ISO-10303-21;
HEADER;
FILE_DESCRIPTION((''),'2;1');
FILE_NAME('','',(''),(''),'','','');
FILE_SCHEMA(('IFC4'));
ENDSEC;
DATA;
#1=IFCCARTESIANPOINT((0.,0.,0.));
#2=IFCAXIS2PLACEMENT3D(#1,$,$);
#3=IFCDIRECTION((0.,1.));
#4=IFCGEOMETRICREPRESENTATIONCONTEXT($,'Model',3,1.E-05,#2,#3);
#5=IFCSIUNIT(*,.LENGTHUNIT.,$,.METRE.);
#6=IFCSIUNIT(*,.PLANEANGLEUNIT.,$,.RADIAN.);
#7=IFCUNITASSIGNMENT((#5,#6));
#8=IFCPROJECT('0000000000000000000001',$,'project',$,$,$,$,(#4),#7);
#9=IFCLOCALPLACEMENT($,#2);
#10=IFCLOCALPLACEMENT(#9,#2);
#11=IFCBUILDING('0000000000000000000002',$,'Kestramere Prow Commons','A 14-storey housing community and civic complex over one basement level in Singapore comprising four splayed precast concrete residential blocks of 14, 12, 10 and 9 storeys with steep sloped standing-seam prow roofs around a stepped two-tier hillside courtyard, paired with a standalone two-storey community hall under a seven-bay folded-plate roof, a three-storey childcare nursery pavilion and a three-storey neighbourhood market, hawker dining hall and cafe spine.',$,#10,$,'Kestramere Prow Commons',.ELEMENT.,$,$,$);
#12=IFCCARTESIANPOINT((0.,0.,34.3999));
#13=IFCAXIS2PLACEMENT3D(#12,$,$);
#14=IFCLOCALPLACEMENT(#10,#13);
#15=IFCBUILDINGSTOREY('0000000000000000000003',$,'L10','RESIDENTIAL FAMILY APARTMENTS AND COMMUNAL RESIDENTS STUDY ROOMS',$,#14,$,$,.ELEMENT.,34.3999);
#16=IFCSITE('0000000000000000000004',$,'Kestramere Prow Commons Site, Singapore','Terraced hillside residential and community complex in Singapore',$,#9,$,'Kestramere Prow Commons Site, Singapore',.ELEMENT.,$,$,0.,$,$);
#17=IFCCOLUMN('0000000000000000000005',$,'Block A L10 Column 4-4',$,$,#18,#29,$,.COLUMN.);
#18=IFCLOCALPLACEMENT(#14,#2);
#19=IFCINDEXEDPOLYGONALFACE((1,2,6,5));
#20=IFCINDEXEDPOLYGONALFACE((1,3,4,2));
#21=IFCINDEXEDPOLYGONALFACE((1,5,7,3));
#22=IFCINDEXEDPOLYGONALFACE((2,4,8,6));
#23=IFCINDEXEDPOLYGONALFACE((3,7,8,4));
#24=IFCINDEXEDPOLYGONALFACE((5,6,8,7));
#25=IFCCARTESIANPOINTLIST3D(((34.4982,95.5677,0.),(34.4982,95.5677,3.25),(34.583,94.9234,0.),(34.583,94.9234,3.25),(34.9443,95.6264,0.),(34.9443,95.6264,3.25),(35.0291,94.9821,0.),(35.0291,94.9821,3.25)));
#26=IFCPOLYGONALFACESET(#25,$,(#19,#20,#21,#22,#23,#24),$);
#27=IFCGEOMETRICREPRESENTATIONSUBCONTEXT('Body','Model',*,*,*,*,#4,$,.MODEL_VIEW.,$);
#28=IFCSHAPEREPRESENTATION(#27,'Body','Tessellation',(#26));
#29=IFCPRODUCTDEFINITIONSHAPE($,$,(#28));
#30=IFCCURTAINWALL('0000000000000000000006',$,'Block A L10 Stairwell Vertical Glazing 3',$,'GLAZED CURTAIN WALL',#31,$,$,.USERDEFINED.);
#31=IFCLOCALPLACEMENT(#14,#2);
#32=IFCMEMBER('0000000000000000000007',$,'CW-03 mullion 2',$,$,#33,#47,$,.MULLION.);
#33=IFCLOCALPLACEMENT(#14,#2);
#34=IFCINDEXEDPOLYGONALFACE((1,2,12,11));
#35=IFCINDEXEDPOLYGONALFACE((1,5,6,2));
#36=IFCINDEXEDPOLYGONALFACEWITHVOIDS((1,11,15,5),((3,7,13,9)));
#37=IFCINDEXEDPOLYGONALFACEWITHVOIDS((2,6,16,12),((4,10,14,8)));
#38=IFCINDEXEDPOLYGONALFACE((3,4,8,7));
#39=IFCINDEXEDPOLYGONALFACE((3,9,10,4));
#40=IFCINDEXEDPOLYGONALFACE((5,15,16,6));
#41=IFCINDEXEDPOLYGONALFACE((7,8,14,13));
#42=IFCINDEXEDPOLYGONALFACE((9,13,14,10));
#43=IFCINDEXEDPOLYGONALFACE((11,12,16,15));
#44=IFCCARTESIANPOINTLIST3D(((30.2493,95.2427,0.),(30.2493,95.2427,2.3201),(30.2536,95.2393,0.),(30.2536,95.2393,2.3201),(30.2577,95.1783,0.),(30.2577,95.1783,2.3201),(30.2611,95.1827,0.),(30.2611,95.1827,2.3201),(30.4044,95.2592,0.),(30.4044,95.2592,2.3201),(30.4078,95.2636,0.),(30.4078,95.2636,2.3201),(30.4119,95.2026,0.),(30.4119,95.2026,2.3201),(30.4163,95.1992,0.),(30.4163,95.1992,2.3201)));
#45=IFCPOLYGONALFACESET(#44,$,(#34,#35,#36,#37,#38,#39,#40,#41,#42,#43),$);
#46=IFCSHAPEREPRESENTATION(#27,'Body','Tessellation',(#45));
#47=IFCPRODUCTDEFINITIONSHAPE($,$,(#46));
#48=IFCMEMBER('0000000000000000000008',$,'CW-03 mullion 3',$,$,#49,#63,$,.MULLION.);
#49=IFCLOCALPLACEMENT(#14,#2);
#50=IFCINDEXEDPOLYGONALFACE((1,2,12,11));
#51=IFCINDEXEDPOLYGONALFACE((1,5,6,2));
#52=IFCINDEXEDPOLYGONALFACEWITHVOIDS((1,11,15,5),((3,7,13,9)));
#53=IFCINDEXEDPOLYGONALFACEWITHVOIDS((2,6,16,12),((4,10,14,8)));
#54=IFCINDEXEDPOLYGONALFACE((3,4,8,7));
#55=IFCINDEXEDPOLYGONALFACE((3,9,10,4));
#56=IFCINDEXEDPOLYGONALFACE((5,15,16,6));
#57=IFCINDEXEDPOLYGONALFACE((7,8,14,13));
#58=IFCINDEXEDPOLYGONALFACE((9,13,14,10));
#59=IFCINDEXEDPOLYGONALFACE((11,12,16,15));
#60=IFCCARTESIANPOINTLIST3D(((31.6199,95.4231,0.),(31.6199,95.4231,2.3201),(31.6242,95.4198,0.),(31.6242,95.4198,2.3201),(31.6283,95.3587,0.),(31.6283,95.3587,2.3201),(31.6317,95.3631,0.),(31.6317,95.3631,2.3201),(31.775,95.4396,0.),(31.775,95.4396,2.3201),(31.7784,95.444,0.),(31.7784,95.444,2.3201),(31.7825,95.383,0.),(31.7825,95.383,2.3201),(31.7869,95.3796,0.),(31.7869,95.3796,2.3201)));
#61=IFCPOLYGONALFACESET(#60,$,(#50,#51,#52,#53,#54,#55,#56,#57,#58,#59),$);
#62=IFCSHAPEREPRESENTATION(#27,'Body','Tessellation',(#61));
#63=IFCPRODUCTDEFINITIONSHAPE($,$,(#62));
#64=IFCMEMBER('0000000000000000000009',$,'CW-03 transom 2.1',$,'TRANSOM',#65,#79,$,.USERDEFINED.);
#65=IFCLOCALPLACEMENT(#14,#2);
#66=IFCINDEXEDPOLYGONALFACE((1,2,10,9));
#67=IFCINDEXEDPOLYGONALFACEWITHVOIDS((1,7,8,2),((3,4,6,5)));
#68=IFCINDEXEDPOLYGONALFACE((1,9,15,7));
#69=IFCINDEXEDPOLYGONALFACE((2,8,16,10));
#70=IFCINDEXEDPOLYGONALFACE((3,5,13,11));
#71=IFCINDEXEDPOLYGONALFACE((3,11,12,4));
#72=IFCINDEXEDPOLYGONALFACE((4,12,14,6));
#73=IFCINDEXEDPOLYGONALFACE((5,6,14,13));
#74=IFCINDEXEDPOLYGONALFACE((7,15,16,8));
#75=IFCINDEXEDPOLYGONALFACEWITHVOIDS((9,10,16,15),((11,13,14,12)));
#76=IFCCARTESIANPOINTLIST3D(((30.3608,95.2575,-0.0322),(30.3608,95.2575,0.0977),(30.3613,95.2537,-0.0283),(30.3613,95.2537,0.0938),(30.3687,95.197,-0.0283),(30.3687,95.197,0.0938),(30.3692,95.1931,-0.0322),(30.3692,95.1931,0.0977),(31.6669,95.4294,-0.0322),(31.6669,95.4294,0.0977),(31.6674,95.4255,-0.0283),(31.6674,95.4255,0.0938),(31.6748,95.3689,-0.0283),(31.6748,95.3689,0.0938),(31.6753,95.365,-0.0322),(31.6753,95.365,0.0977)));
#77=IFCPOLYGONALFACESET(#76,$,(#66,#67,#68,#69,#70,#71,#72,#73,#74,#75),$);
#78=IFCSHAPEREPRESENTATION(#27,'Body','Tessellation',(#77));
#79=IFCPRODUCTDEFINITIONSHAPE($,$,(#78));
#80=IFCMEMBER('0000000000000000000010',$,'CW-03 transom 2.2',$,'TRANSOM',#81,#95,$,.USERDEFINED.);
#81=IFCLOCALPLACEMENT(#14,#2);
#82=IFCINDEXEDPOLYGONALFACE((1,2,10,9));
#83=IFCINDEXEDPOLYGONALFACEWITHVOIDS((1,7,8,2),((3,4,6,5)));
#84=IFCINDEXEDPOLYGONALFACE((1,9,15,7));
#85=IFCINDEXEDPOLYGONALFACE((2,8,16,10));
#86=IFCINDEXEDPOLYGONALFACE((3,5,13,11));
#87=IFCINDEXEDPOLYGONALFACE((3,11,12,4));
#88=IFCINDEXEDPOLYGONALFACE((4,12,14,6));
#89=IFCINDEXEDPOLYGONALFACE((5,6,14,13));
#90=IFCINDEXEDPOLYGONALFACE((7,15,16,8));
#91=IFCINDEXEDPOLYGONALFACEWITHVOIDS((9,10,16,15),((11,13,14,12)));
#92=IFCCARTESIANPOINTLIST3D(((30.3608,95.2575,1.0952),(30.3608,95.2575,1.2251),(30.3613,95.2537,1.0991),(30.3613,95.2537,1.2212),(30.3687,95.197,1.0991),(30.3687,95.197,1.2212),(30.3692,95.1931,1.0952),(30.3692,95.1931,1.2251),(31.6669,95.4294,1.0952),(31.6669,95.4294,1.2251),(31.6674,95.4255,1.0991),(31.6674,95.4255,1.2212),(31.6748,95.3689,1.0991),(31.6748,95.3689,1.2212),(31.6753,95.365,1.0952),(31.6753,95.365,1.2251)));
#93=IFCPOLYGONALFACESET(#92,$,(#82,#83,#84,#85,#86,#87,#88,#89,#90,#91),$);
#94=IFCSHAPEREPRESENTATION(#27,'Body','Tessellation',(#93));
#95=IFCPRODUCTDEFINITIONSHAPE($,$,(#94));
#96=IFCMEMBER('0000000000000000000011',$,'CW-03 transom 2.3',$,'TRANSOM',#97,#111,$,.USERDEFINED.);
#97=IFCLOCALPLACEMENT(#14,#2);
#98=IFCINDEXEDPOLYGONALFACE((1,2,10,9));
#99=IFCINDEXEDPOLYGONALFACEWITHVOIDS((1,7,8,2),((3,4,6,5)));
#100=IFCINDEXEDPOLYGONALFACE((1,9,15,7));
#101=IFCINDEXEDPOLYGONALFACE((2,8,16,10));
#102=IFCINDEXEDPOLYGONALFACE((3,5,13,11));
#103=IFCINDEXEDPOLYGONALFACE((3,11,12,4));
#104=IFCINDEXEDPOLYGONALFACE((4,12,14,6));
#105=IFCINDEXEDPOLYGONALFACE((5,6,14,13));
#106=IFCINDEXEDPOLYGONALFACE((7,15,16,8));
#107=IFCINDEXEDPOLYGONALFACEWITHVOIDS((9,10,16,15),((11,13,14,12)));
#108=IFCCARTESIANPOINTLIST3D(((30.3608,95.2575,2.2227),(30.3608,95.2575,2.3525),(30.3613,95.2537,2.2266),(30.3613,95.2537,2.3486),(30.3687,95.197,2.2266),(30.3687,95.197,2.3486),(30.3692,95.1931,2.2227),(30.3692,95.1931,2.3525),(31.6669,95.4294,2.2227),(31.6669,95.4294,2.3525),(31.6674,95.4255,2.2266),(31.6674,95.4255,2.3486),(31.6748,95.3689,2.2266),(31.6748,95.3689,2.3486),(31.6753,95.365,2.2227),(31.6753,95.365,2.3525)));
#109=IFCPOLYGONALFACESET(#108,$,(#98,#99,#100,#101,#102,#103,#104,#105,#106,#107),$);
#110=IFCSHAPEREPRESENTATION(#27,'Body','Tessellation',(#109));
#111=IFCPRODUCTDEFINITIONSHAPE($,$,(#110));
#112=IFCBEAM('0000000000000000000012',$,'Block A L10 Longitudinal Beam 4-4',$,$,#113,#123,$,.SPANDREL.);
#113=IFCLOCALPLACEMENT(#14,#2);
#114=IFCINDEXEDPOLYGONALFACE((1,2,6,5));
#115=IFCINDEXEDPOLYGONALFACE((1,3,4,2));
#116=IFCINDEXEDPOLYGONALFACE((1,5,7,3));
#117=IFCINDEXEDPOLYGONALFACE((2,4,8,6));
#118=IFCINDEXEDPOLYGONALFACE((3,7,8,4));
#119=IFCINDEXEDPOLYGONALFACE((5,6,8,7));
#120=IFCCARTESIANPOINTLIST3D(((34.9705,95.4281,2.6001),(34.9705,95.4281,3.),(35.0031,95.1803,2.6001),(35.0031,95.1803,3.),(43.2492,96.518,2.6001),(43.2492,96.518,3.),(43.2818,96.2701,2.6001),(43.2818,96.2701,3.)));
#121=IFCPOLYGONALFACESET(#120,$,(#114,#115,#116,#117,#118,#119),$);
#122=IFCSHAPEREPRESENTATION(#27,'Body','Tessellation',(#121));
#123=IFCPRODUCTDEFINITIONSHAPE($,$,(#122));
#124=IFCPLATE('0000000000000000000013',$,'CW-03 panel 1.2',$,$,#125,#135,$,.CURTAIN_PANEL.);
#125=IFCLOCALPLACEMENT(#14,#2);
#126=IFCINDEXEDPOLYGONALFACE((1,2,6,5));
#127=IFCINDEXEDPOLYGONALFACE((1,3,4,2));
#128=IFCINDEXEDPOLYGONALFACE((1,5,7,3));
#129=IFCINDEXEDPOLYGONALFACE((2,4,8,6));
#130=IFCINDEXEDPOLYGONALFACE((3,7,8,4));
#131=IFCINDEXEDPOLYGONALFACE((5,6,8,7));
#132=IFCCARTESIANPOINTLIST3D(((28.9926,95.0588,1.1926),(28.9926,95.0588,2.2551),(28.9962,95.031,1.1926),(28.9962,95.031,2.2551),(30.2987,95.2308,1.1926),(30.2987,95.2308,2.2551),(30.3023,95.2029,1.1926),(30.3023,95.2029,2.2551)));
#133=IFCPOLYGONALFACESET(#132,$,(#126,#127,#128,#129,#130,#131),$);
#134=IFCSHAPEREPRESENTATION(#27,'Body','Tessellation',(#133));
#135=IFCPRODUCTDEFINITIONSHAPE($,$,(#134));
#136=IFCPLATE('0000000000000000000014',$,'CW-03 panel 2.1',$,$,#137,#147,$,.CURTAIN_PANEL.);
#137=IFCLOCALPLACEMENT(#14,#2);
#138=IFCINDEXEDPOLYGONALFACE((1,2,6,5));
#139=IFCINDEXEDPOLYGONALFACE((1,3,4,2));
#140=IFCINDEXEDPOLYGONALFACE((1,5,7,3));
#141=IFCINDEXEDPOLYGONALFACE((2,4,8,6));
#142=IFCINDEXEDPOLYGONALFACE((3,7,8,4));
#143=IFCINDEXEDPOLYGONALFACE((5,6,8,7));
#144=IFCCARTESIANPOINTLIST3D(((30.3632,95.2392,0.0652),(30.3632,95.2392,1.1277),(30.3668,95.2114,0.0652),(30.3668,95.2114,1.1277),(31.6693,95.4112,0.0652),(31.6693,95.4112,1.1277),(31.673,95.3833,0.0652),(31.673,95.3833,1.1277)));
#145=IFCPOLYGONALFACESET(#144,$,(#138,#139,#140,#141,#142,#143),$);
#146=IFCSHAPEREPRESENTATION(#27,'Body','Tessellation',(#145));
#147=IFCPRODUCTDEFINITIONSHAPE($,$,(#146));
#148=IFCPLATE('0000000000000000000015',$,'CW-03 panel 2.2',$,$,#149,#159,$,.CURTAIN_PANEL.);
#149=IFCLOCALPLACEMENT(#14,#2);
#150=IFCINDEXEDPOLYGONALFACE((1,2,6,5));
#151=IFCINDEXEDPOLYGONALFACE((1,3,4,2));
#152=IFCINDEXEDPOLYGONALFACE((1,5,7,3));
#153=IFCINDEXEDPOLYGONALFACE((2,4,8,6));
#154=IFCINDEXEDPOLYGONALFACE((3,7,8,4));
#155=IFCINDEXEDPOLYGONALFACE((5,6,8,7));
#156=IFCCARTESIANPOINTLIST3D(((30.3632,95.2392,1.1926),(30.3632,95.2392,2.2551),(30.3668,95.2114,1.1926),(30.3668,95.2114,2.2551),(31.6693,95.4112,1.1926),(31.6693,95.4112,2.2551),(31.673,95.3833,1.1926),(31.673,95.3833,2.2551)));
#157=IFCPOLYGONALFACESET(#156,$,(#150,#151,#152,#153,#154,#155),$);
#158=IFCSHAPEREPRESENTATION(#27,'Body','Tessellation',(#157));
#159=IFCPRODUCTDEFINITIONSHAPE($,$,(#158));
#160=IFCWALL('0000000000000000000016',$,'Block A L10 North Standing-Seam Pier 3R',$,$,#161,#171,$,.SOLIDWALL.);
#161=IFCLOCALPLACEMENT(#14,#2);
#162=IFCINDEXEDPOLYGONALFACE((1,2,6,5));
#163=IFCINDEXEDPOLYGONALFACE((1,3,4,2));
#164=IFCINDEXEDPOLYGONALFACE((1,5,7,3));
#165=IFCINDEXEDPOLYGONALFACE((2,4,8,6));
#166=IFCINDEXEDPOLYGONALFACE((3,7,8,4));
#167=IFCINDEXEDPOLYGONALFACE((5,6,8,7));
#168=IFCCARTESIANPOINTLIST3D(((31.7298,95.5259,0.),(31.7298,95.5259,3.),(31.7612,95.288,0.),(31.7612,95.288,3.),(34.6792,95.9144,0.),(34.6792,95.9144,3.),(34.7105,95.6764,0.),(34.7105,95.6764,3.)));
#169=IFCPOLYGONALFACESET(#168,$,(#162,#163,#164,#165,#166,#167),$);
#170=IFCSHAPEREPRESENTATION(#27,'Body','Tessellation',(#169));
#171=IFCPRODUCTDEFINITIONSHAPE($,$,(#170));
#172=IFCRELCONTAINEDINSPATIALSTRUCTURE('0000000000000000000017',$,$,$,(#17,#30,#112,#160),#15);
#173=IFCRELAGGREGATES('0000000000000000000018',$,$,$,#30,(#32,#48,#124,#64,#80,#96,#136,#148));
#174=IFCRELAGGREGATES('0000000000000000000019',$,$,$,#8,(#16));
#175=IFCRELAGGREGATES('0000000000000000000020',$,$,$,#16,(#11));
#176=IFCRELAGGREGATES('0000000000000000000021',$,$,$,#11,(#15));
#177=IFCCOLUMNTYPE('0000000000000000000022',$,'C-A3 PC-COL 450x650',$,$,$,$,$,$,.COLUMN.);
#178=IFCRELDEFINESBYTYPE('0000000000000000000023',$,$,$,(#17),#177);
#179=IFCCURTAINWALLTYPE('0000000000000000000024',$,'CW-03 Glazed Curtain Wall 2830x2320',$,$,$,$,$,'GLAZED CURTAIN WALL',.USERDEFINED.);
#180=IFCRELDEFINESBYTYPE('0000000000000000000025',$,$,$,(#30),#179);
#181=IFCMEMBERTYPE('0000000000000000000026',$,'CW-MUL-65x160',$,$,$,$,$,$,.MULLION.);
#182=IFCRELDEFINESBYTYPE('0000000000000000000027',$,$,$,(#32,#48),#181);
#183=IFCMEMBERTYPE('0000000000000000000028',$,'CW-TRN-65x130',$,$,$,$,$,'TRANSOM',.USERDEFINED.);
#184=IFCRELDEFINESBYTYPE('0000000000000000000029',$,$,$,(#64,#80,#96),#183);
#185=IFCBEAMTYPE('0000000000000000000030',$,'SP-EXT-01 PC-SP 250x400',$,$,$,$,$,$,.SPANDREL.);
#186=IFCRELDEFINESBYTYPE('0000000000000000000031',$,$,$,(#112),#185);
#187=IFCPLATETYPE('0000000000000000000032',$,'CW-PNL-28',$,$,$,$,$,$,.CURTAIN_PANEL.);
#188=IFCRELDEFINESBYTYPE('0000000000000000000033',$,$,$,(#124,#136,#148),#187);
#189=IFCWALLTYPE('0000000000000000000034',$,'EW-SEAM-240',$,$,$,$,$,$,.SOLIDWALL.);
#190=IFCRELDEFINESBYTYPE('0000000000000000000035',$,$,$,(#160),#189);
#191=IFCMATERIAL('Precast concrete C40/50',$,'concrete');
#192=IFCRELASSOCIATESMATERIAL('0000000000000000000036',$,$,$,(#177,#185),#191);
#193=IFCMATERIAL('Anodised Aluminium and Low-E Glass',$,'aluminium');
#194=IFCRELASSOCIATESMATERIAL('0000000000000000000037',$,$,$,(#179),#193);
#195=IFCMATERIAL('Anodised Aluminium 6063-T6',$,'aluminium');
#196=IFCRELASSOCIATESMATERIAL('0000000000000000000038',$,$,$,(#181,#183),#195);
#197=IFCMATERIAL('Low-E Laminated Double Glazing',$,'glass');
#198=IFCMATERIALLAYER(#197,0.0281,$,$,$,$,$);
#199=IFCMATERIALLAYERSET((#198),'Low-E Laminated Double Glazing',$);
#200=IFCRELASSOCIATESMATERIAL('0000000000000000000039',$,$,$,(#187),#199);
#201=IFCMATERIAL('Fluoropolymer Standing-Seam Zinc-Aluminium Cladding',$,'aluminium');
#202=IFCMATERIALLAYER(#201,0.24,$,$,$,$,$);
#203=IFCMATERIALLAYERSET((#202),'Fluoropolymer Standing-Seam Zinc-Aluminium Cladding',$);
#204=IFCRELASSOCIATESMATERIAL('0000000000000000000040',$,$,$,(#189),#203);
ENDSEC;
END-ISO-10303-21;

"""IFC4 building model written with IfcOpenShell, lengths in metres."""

from ifc_helpers import new_model, si_unit, direction, frame, frame_2d, origin, origin_2d, place, context, subcontext, project, spatial, rectangle, hollow_rectangle, extrude, material, layer, layer_set, material_profile, profile_set, type_object, element, aggregate, save


model = new_model("IFC4")

# Units and contexts
model_context = context("Model", 3, precision=1e-05, world=origin(), true_north=direction((0.0, 1.0)))
body_context = subcontext(model_context, "Body", "Model", "MODEL_VIEW")
ifc_project = project(units=[si_unit("LENGTHUNIT", "METRE"), si_unit("PLANEANGLEUNIT", "RADIAN")], contexts=[model_context])

# Site, building, storey
site_placement = place(None, origin())
site = spatial("IfcSite", under=ifc_project, at=site_placement, Name="Kestramere Prow Commons Site, Singapore", Description="Terraced hillside residential and community complex in Singapore", LongName="Kestramere Prow Commons Site, Singapore", CompositionType="ELEMENT", RefElevation=0.0)
building_placement = place(site_placement, origin())
building = spatial("IfcBuilding", under=site, at=building_placement, Name="Kestramere Prow Commons", Description="A 14-storey housing community and civic complex over one basement level in Singapore comprising four splayed precast concrete residential blocks of 14, 12, 10 and 9 storeys with steep sloped standing-seam prow roofs around a stepped two-tier hillside courtyard, paired with a standalone two-storey community hall under a seven-bay folded-plate roof, a three-storey childcare nursery pavilion and a three-storey neighbourhood market, hawker dining hall and cafe spine.", LongName="Kestramere Prow Commons", CompositionType="ELEMENT")
storey_placement = place(building_placement, frame((0.0, 0.0, 34.3999)))
storey = spatial("IfcBuildingStorey", under=building, at=storey_placement, Name="L10", Description="RESIDENTIAL FAMILY APARTMENTS AND COMMUNAL RESIDENTS STUDY ROOMS", CompositionType="ELEMENT", Elevation=34.3999)

# Column
ifc_material_1 = material(Name="Precast concrete C40/50", Category="concrete")
ifc_material_profile_1 = material_profile(ifc_material_1, rectangle(XDim=0.45, YDim=0.6499, at=origin_2d()), Name="PC-COL 450x650")
ifc_profile_set_1 = profile_set([ifc_material_profile_1], Name="Precast concrete C40/50")
column_type = type_object("IfcColumnType", Name="C-A3 PC-COL 450x650", PredefinedType="COLUMN", material=ifc_profile_set_1)
column_placement = place(storey_placement, frame((34.7637, 95.2749, 0.0), z_axis=(0.0, 0.0, 1.0), x_axis=(0.991445, 0.130526, 0.0)))
element("IfcColumn", 1, at=column_placement, inside=storey, type_object=column_type, Name="Block A L10 Column 4-4", PredefinedType="COLUMN", context=body_context, shape_type="SweptSolid", body=[
    extrude(rectangle(XDim=0.45, YDim=0.6499, at=origin_2d()), origin(), (0.0, 0.0, 1.0), 3.25),
])

# Curtain wall, members
ifc_material_2 = material(Name="Anodised Aluminium and Low-E Glass", Category="aluminium")
curtain_wall_type = type_object("IfcCurtainWallType", Name="CW-03 Glazed Curtain Wall 2830x2320", ElementType="GLAZED CURTAIN WALL", PredefinedType="USERDEFINED", material=ifc_material_2)
curtain_wall_placement = place(storey_placement, origin())
curtain_wall = element("IfcCurtainWall", 2, at=curtain_wall_placement, inside=storey, type_object=curtain_wall_type, Name="Block A L10 Stairwell Vertical Glazing 3", ObjectType="GLAZED CURTAIN WALL", PredefinedType="USERDEFINED")
ifc_material_3 = material(Name="Anodised Aluminium 6063-T6", Category="aluminium")
ifc_material_profile_2 = material_profile(ifc_material_3, hollow_rectangle(XDim=0.0649, YDim=0.1599, WallThickness=0.0039, at=origin_2d()), Name="ALU-MUL 65x160")
ifc_profile_set_2 = profile_set([ifc_material_profile_2], Name="Anodised Aluminium 6063-T6")
member_type_1 = type_object("IfcMemberType", Name="CW-MUL-65x160", PredefinedType="MULLION", material=ifc_profile_set_2)
member_1_placement = place(storey_placement, frame((30.3328, 95.2209, 0.0), z_axis=(0.0, 0.0, 1.0), x_axis=(-0.130526, 0.991445, 0.0)))
member_1 = element("IfcMember", 3, at=member_1_placement, type_object=member_type_1, Name="CW-03 mullion 2", PredefinedType="MULLION", context=body_context, shape_type="SweptSolid", body=[
    extrude(hollow_rectangle(XDim=0.0649, YDim=0.1599, WallThickness=0.0039, at=origin_2d()), origin(), (0.0, 0.0, 1.0), 2.3201),
])
member_2_placement = place(storey_placement, frame((31.7034, 95.4014, 0.0), z_axis=(0.0, 0.0, 1.0), x_axis=(-0.130526, 0.991445, 0.0)))
member_2 = element("IfcMember", 4, at=member_2_placement, type_object=member_type_1, Name="CW-03 mullion 3", PredefinedType="MULLION", context=body_context, shape_type="SweptSolid", body=[
    extrude(hollow_rectangle(XDim=0.0649, YDim=0.1599, WallThickness=0.0039, at=origin_2d()), origin(), (0.0, 0.0, 1.0), 2.3201),
])
ifc_material_profile_3 = material_profile(ifc_material_3, hollow_rectangle(XDim=0.0649, YDim=0.1299, WallThickness=0.0039, at=origin_2d()), Name="ALU-TRN 65x130")
ifc_profile_set_3 = profile_set([ifc_material_profile_3], Name="Anodised Aluminium 6063-T6")
member_type_2 = type_object("IfcMemberType", Name="CW-TRN-65x130", ElementType="TRANSOM", PredefinedType="USERDEFINED", material=ifc_profile_set_3)
member_3_placement = place(storey_placement, frame((30.365, 95.2253, 0.0327), z_axis=(0.991453, 0.130464, 0.0), x_axis=(-0.130464, 0.991453, 0.0)))
member_3 = element("IfcMember", 5, at=member_3_placement, type_object=member_type_2, Name="CW-03 transom 2.1", ObjectType="TRANSOM", PredefinedType="USERDEFINED", context=body_context, shape_type="SweptSolid", body=[
    extrude(hollow_rectangle(XDim=0.0649, YDim=0.1299, WallThickness=0.0039, at=origin_2d()), origin(), (0.0, 0.0, 1.0), 1.3174),
])
member_4_placement = place(storey_placement, frame((30.365, 95.2253, 1.1602), z_axis=(0.991453, 0.130464, 0.0), x_axis=(-0.130464, 0.991453, 0.0)))
member_4 = element("IfcMember", 6, at=member_4_placement, type_object=member_type_2, Name="CW-03 transom 2.2", ObjectType="TRANSOM", PredefinedType="USERDEFINED", context=body_context, shape_type="SweptSolid", body=[
    extrude(hollow_rectangle(XDim=0.0649, YDim=0.1299, WallThickness=0.0039, at=origin_2d()), origin(), (0.0, 0.0, 1.0), 1.3174),
])
member_5_placement = place(storey_placement, frame((30.365, 95.2253, 2.2876), z_axis=(0.991453, 0.130464, 0.0), x_axis=(-0.130464, 0.991453, 0.0)))
member_5 = element("IfcMember", 7, at=member_5_placement, type_object=member_type_2, Name="CW-03 transom 2.3", ObjectType="TRANSOM", PredefinedType="USERDEFINED", context=body_context, shape_type="SweptSolid", body=[
    extrude(hollow_rectangle(XDim=0.0649, YDim=0.1299, WallThickness=0.0039, at=origin_2d()), origin(), (0.0, 0.0, 1.0), 1.3174),
])

# Beam
ifc_material_profile_4 = material_profile(ifc_material_1, rectangle(XDim=0.25, YDim=0.3999, at=origin_2d()), Name="PC-SP 250x400")
ifc_profile_set_4 = profile_set([ifc_material_profile_4], Name="Precast concrete C40/50")
beam_type = type_object("IfcBeamType", Name="SP-EXT-01 PC-SP 250x400", PredefinedType="SPANDREL", material=ifc_profile_set_4)
beam_placement = place(storey_placement, frame((34.9868, 95.3042, 2.8), z_axis=(0.991446, 0.13052, 0.0), x_axis=(-0.13052, 0.991446, 0.0)))
element("IfcBeam", 8, at=beam_placement, inside=storey, type_object=beam_type, Name="Block A L10 Longitudinal Beam 4-4", PredefinedType="SPANDREL", context=body_context, shape_type="SweptSolid", body=[
    extrude(rectangle(XDim=0.25, YDim=0.3999, at=origin_2d()), origin(), (0.0, 0.0, 1.0), 8.3501),
])

# Plates
ifc_material_4 = material(Name="Low-E Laminated Double Glazing", Category="glass")
ifc_layer_1 = layer(ifc_material_4, 0.0281)
ifc_layer_set_1 = layer_set([ifc_layer_1], Name="Low-E Laminated Double Glazing")
plate_type = type_object("IfcPlateType", Name="CW-PNL-28", PredefinedType="CURTAIN_PANEL", material=ifc_layer_set_1)
plate_1_placement = place(storey_placement, frame((29.6475, 95.1309, 1.1926), z_axis=(0.0, 0.0, 1.0), x_axis=(0.991445, 0.130526, 0.0)))
plate_1 = element("IfcPlate", 9, at=plate_1_placement, type_object=plate_type, Name="CW-03 panel 1.2", PredefinedType="CURTAIN_PANEL", context=body_context, shape_type="SweptSolid", body=[
    extrude(rectangle(XDim=1.3174, YDim=0.0281, at=origin_2d()), origin(), (0.0, 0.0, 1.0), 1.0625),
])
plate_2_placement = place(storey_placement, frame((31.0181, 95.3113, 0.0652), z_axis=(0.0, 0.0, 1.0), x_axis=(0.991445, 0.130526, 0.0)))
plate_2 = element("IfcPlate", 10, at=plate_2_placement, type_object=plate_type, Name="CW-03 panel 2.1", PredefinedType="CURTAIN_PANEL", context=body_context, shape_type="SweptSolid", body=[
    extrude(rectangle(XDim=1.3174, YDim=0.0281, at=origin_2d()), origin(), (0.0, 0.0, 1.0), 1.0625),
])
plate_3_placement = place(storey_placement, frame((31.0181, 95.3113, 1.1926), z_axis=(0.0, 0.0, 1.0), x_axis=(0.991445, 0.130526, 0.0)))
plate_3 = element("IfcPlate", 11, at=plate_3_placement, type_object=plate_type, Name="CW-03 panel 2.2", PredefinedType="CURTAIN_PANEL", context=body_context, shape_type="SweptSolid", body=[
    extrude(rectangle(XDim=1.3174, YDim=0.0281, at=origin_2d()), origin(), (0.0, 0.0, 1.0), 1.0625),
])
aggregate(curtain_wall, [member_1, member_2, plate_1, member_3, member_4, member_5, plate_2, plate_3])

# Wall
ifc_material_5 = material(Name="Fluoropolymer Standing-Seam Zinc-Aluminium Cladding", Category="aluminium")
ifc_layer_2 = layer(ifc_material_5, 0.24)
ifc_layer_set_2 = layer_set([ifc_layer_2], Name="Fluoropolymer Standing-Seam Zinc-Aluminium Cladding")
wall_type = type_object("IfcWallType", Name="EW-SEAM-240", PredefinedType="SOLIDWALL", material=ifc_layer_set_2)
wall_1_placement = place(storey_placement, frame((31.7456, 95.407, 0.0), z_axis=(0.0, 0.0, 1.0), x_axis=(0.991439, 0.130567, 0.0)))
element("IfcWall", 12, at=wall_1_placement, inside=storey, type_object=wall_type, Name="Block A L10 North Standing-Seam Pier 3R", PredefinedType="SOLIDWALL", context=body_context, shape_type="SweptSolid", body=[
    extrude(rectangle(XDim=2.9749, YDim=0.24, at=frame_2d((1.4873, 0.0))), origin(), (0.0, 0.0, 1.0), 3.0),
])

save(model, "model.ifc")
